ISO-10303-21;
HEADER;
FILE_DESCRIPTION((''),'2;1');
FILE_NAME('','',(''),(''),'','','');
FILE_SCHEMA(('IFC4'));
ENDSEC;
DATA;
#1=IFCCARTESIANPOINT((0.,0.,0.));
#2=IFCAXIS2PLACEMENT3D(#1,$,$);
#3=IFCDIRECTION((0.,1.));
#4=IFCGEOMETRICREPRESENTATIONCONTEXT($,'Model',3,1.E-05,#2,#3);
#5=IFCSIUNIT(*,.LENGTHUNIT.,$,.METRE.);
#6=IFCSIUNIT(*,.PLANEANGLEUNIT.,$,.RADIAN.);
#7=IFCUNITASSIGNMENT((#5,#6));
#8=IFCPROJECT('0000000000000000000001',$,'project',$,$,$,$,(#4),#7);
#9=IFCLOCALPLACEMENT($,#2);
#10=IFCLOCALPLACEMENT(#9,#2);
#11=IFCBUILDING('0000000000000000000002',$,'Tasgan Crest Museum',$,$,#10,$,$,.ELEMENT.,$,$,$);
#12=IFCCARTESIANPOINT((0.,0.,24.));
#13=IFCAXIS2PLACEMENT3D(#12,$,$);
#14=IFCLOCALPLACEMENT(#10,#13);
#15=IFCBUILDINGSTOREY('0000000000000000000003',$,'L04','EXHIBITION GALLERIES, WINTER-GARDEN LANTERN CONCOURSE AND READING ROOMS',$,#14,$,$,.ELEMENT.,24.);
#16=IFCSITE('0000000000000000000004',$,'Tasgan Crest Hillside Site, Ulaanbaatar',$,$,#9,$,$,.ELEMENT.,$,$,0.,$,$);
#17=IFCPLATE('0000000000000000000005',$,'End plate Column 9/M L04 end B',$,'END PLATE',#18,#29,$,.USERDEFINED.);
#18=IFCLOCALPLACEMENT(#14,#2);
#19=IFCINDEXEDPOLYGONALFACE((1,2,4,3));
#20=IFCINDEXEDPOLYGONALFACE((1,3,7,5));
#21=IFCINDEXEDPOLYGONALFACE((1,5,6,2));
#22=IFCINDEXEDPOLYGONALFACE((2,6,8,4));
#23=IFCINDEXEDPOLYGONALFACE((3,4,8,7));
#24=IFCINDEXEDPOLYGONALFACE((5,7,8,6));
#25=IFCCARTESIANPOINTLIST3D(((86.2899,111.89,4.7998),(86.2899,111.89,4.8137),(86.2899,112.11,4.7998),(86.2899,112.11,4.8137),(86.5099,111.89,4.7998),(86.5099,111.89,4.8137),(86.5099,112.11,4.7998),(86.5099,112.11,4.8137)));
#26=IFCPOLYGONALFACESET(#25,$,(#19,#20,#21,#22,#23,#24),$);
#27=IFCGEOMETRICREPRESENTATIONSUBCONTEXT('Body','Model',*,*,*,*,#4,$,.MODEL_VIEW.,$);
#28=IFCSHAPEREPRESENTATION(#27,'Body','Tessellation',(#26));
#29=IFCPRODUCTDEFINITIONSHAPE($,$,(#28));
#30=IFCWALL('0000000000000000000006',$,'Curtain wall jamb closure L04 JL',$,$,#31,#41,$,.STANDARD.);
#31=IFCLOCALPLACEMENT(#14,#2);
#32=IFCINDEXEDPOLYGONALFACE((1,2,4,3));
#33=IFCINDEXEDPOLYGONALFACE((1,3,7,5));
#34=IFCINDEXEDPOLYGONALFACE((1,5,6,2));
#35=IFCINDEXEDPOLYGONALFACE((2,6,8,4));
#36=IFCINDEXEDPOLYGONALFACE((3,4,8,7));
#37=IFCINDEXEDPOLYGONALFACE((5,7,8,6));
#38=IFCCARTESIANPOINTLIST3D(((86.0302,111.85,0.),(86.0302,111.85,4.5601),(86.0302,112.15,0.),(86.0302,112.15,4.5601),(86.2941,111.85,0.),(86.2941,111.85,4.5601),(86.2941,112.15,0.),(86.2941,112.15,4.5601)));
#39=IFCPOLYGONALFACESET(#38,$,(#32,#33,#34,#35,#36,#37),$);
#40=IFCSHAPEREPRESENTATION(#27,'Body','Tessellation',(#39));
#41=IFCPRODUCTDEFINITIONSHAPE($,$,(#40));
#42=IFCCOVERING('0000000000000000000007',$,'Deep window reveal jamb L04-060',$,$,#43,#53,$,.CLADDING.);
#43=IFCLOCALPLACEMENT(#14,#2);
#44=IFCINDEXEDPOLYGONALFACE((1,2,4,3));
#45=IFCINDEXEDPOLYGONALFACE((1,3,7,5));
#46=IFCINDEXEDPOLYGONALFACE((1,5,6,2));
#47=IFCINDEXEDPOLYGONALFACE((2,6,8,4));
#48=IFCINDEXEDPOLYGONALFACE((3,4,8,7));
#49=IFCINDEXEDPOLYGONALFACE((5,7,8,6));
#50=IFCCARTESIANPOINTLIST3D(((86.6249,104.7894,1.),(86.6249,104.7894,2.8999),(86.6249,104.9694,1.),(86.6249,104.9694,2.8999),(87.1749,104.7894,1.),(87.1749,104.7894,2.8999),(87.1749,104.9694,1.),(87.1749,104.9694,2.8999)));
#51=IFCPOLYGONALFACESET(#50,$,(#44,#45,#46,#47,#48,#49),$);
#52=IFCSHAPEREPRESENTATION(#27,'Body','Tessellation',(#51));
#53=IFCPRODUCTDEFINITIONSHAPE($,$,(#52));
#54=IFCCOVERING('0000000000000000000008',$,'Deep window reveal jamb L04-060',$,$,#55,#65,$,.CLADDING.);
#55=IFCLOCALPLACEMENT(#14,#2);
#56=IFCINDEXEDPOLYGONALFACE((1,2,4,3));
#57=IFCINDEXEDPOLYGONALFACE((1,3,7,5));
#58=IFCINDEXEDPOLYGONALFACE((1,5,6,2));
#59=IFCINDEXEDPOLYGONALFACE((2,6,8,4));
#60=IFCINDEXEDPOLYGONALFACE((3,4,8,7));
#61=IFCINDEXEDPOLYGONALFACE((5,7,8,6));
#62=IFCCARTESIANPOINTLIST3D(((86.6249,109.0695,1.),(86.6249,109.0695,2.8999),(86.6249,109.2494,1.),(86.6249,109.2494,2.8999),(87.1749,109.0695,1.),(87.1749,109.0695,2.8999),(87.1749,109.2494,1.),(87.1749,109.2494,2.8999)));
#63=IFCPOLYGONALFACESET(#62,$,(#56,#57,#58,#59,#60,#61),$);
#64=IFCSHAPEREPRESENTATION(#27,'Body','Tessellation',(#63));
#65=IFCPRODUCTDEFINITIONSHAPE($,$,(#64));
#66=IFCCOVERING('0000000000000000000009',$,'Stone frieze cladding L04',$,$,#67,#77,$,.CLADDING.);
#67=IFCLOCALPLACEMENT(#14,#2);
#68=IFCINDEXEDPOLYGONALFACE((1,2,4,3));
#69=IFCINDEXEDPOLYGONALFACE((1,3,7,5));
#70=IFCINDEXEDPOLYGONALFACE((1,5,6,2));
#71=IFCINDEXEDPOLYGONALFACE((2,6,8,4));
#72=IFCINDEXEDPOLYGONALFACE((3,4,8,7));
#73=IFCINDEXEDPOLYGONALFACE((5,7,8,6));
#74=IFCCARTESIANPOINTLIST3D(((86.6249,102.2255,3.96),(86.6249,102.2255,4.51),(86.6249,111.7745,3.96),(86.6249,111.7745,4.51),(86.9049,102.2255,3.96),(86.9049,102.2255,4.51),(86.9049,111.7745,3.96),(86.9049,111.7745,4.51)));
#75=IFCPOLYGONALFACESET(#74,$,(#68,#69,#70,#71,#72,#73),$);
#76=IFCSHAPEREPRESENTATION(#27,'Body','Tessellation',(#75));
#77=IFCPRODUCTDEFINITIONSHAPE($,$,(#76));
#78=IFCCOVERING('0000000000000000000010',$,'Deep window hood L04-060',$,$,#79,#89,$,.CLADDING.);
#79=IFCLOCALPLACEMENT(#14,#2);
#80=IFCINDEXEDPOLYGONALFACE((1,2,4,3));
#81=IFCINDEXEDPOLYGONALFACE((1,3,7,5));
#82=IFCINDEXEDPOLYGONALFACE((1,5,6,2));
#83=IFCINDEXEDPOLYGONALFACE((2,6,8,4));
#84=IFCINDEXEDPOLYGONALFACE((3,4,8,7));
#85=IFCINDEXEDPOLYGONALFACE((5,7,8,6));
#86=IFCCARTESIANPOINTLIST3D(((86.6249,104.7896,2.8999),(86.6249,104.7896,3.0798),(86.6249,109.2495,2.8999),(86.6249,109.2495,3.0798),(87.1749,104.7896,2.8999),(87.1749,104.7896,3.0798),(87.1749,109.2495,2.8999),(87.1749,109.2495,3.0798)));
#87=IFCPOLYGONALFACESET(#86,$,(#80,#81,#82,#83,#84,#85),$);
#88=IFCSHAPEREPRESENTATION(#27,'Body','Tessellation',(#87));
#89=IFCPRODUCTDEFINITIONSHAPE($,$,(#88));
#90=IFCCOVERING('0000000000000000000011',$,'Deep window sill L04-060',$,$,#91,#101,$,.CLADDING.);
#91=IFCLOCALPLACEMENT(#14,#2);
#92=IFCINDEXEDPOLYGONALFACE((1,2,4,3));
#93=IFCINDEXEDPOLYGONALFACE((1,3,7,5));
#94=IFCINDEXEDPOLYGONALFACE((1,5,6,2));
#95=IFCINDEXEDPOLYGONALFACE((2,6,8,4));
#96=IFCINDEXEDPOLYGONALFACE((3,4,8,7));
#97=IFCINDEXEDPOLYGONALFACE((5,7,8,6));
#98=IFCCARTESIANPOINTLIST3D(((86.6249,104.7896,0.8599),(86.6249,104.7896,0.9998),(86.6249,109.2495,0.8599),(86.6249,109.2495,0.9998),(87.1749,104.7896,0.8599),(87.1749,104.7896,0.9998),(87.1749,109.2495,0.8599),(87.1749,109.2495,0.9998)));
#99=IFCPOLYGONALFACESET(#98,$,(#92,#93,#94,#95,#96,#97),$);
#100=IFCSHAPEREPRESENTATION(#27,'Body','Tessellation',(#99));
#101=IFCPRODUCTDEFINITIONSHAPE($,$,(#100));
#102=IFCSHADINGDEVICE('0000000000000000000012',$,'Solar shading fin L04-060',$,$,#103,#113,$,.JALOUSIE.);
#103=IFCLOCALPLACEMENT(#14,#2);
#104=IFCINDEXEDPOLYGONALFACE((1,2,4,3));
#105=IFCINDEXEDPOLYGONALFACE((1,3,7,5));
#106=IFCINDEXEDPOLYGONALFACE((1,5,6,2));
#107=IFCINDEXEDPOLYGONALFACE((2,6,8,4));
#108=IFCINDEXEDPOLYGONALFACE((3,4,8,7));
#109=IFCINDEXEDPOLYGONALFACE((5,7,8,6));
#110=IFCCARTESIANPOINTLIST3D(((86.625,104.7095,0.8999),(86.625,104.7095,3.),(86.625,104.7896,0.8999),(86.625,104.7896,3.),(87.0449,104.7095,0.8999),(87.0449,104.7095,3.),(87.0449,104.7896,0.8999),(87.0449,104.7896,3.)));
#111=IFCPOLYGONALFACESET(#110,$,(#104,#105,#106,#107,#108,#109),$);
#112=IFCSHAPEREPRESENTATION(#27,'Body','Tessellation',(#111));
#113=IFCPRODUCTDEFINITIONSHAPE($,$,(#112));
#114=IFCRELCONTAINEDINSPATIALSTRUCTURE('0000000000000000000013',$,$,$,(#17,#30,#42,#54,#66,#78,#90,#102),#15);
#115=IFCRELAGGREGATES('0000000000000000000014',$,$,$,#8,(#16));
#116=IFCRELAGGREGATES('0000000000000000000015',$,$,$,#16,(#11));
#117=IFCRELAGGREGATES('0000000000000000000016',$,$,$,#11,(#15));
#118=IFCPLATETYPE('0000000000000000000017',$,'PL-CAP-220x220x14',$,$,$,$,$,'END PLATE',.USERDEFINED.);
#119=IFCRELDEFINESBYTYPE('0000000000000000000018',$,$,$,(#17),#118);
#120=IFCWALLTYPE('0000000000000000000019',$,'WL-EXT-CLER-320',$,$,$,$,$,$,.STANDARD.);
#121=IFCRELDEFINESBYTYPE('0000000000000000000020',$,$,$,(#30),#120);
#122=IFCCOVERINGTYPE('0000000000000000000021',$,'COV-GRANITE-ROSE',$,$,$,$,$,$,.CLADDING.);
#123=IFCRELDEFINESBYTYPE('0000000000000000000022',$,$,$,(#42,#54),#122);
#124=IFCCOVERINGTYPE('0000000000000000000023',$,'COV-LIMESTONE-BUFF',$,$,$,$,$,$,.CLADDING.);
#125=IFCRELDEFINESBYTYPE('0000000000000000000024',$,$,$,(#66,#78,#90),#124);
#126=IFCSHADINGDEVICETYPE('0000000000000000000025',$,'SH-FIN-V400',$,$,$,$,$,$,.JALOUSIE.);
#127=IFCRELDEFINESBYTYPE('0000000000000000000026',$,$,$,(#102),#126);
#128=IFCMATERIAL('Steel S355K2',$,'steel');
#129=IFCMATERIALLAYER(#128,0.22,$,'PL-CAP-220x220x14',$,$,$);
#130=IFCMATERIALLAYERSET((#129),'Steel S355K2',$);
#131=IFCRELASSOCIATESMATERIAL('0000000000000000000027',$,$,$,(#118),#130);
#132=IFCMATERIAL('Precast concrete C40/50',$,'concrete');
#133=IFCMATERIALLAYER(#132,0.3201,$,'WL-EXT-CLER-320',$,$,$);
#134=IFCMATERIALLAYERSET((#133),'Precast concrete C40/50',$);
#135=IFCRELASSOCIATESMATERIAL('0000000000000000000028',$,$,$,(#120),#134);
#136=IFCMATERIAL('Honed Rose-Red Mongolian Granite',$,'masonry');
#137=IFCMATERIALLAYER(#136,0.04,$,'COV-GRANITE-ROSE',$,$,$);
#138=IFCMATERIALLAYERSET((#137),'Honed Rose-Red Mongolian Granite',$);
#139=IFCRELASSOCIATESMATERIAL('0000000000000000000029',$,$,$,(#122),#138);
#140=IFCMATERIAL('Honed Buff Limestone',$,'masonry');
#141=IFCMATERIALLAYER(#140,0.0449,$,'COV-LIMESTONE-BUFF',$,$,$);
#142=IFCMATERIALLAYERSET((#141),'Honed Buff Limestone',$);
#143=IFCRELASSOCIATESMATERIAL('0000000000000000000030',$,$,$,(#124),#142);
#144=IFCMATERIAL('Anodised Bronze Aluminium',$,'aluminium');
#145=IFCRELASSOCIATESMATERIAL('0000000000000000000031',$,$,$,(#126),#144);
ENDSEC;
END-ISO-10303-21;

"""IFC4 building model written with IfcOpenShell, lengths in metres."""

from ifc_helpers import new_model, si_unit, direction, frame, frame_2d, origin, origin_2d, place, context, subcontext, project, spatial, rectangle, extrude, material, layer, layer_set, type_object, element, save


model = new_model("IFC4")

# Units and contexts
model_context = context("Model", 3, precision=1e-05, world=origin(), true_north=direction((0.0, 1.0)))
body_context = subcontext(model_context, "Body", "Model", "MODEL_VIEW")
ifc_project = project(units=[si_unit("LENGTHUNIT", "METRE"), si_unit("PLANEANGLEUNIT", "RADIAN")], contexts=[model_context])

# Site, building, storey
site_placement = place(None, origin())
site = spatial("IfcSite", under=ifc_project, at=site_placement, Name="Tasgan Crest Hillside Site, Ulaanbaatar", CompositionType="ELEMENT", RefElevation=0.0)
building_placement = place(site_placement, origin())
building = spatial("IfcBuilding", under=site, at=building_placement, Name="Tasgan Crest Museum", CompositionType="ELEMENT")
storey_placement = place(building_placement, frame((0.0, 0.0, 24.0)))
storey = spatial("IfcBuildingStorey", under=building, at=storey_placement, Name="L04", Description="EXHIBITION GALLERIES, WINTER-GARDEN LANTERN CONCOURSE AND READING ROOMS", CompositionType="ELEMENT", Elevation=24.0)

# Plate
ifc_material_1 = material(Name="Steel S355K2", Category="steel")
ifc_layer_1 = layer(ifc_material_1, 0.22, Name="PL-CAP-220x220x14")
ifc_layer_set_1 = layer_set([ifc_layer_1], Name="Steel S355K2")
plate_type_1 = type_object("IfcPlateType", Name="PL-CAP-220x220x14", ElementType="END PLATE", PredefinedType="USERDEFINED", material=ifc_layer_set_1)
plate_1_placement = place(storey_placement, frame((86.3999, 112.0, 4.7998), z_axis=(0.0, 0.0, 1.0), x_axis=(1.0, 0.0, 0.0)))
element("IfcPlate", 1, at=plate_1_placement, inside=storey, type_object=plate_type_1, Name="End plate Column 9/M L04 end B", ObjectType="END PLATE", PredefinedType="USERDEFINED", context=body_context, shape_type="SweptSolid", body=[
    extrude(rectangle(XDim=0.22, YDim=0.22, at=origin_2d()), origin(), (0.0, 0.0, 1.0), 0.0139),
])

# Wall
ifc_material_2 = material(Name="Precast concrete C40/50", Category="concrete")
ifc_layer_2 = layer(ifc_material_2, 0.3201, Name="WL-EXT-CLER-320")
ifc_layer_set_2 = layer_set([ifc_layer_2], Name="Precast concrete C40/50")
wall_type = type_object("IfcWallType", Name="WL-EXT-CLER-320", PredefinedType="STANDARD", material=ifc_layer_set_2)
wall_placement = place(storey_placement, frame((86.2939, 112.0, 0.0), z_axis=(0.0, 0.0, 1.0), x_axis=(-1.0, 0.0, 0.0)))
element("IfcWall", 2, at=wall_placement, inside=storey, type_object=wall_type, Name="Curtain wall jamb closure L04 JL", PredefinedType="STANDARD", context=body_context, shape_type="SweptSolid", body=[
    extrude(rectangle(XDim=0.2639, YDim=0.3, at=frame_2d((0.1318, 0.0))), origin(), (0.0, 0.0, 1.0), 4.5601),
])

# Coverings
ifc_material_3 = material(Name="Honed Rose-Red Mongolian Granite", Category="masonry")
ifc_layer_3 = layer(ifc_material_3, 0.04, Name="COV-GRANITE-ROSE")
ifc_layer_set_3 = layer_set([ifc_layer_3], Name="Honed Rose-Red Mongolian Granite")
covering_type_1 = type_object("IfcCoveringType", Name="COV-GRANITE-ROSE", PredefinedType="CLADDING", material=ifc_layer_set_3)
for number, where, z_axis, x_axis, name in (
    (3, (86.8999, 104.8794, 1.0), (0.0, 0.0, 1.0), (0.0, 1.0, 0.0), "Deep window reveal jamb L04-060"),
    (4, (86.8999, 109.1594, 1.0), (0.0, 0.0, 1.0), (0.0, 1.0, 0.0), "Deep window reveal jamb L04-060"),
):
    element("IfcCovering", number, at=place(storey_placement, frame(where, z_axis=z_axis, x_axis=x_axis)), inside=storey, type_object=covering_type_1, Name=name, PredefinedType="CLADDING", context=body_context, shape_type="SweptSolid", body=[
        extrude(rectangle(XDim=0.1799, YDim=0.55, at=origin_2d()), origin(), (0.0, 0.0, 1.0), 1.8999),
    ])
ifc_material_4 = material(Name="Honed Buff Limestone", Category="masonry")
ifc_layer_4 = layer(ifc_material_4, 0.0449, Name="COV-LIMESTONE-BUFF")
ifc_layer_set_4 = layer_set([ifc_layer_4], Name="Honed Buff Limestone")
covering_type_2 = type_object("IfcCoveringType", Name="COV-LIMESTONE-BUFF", PredefinedType="CLADDING", material=ifc_layer_set_4)
covering_1_placement = place(storey_placement, frame((86.7649, 107.0, 3.96), z_axis=(0.0, 0.0, 1.0), x_axis=(0.0, 1.0, 0.0)))
element("IfcCovering", 5, at=covering_1_placement, inside=storey, type_object=covering_type_2, Name="Stone frieze cladding L04", PredefinedType="CLADDING", context=body_context, shape_type="SweptSolid", body=[
    extrude(rectangle(XDim=9.5491, YDim=0.28, at=origin_2d()), origin(), (0.0, 0.0, 1.0), 0.55),
])
covering_2_placement = place(storey_placement, frame((86.8999, 107.0195, 2.8999), z_axis=(0.0, 0.0, 1.0), x_axis=(0.0, 1.0, 0.0)))
element("IfcCovering", 6, at=covering_2_placement, inside=storey, type_object=covering_type_2, Name="Deep window hood L04-060", PredefinedType="CLADDING", context=body_context, shape_type="SweptSolid", body=[
    extrude(rectangle(XDim=4.46, YDim=0.55, at=origin_2d()), origin(), (0.0, 0.0, 1.0), 0.1799),
])
covering_3_placement = place(storey_placement, frame((86.8999, 107.0195, 0.8599), z_axis=(0.0, 0.0, 1.0), x_axis=(0.0, 1.0, 0.0)))
element("IfcCovering", 7, at=covering_3_placement, inside=storey, type_object=covering_type_2, Name="Deep window sill L04-060", PredefinedType="CLADDING", context=body_context, shape_type="SweptSolid", body=[
    extrude(rectangle(XDim=4.46, YDim=0.55, at=origin_2d()), origin(), (0.0, 0.0, 1.0), 0.1399),
])

# Shading device
ifc_material_5 = material(Name="Anodised Bronze Aluminium", Category="aluminium")
shading_device_type = type_object("IfcShadingDeviceType", Name="SH-FIN-V400", PredefinedType="JALOUSIE", material=ifc_material_5)
shading_device_placement = place(storey_placement, frame((86.835, 104.7495, 0.8999), z_axis=(0.0, 0.0, 1.0), x_axis=(0.0, 1.0, 0.0)))
element("IfcShadingDevice", 8, at=shading_device_placement, inside=storey, type_object=shading_device_type, Name="Solar shading fin L04-060", PredefinedType="JALOUSIE", context=body_context, shape_type="SweptSolid", body=[
    extrude(rectangle(XDim=0.0801, YDim=0.4199, at=origin_2d()), origin(), (0.0, 0.0, 1.0), 2.1001),
])

save(model, "model.ifc")
